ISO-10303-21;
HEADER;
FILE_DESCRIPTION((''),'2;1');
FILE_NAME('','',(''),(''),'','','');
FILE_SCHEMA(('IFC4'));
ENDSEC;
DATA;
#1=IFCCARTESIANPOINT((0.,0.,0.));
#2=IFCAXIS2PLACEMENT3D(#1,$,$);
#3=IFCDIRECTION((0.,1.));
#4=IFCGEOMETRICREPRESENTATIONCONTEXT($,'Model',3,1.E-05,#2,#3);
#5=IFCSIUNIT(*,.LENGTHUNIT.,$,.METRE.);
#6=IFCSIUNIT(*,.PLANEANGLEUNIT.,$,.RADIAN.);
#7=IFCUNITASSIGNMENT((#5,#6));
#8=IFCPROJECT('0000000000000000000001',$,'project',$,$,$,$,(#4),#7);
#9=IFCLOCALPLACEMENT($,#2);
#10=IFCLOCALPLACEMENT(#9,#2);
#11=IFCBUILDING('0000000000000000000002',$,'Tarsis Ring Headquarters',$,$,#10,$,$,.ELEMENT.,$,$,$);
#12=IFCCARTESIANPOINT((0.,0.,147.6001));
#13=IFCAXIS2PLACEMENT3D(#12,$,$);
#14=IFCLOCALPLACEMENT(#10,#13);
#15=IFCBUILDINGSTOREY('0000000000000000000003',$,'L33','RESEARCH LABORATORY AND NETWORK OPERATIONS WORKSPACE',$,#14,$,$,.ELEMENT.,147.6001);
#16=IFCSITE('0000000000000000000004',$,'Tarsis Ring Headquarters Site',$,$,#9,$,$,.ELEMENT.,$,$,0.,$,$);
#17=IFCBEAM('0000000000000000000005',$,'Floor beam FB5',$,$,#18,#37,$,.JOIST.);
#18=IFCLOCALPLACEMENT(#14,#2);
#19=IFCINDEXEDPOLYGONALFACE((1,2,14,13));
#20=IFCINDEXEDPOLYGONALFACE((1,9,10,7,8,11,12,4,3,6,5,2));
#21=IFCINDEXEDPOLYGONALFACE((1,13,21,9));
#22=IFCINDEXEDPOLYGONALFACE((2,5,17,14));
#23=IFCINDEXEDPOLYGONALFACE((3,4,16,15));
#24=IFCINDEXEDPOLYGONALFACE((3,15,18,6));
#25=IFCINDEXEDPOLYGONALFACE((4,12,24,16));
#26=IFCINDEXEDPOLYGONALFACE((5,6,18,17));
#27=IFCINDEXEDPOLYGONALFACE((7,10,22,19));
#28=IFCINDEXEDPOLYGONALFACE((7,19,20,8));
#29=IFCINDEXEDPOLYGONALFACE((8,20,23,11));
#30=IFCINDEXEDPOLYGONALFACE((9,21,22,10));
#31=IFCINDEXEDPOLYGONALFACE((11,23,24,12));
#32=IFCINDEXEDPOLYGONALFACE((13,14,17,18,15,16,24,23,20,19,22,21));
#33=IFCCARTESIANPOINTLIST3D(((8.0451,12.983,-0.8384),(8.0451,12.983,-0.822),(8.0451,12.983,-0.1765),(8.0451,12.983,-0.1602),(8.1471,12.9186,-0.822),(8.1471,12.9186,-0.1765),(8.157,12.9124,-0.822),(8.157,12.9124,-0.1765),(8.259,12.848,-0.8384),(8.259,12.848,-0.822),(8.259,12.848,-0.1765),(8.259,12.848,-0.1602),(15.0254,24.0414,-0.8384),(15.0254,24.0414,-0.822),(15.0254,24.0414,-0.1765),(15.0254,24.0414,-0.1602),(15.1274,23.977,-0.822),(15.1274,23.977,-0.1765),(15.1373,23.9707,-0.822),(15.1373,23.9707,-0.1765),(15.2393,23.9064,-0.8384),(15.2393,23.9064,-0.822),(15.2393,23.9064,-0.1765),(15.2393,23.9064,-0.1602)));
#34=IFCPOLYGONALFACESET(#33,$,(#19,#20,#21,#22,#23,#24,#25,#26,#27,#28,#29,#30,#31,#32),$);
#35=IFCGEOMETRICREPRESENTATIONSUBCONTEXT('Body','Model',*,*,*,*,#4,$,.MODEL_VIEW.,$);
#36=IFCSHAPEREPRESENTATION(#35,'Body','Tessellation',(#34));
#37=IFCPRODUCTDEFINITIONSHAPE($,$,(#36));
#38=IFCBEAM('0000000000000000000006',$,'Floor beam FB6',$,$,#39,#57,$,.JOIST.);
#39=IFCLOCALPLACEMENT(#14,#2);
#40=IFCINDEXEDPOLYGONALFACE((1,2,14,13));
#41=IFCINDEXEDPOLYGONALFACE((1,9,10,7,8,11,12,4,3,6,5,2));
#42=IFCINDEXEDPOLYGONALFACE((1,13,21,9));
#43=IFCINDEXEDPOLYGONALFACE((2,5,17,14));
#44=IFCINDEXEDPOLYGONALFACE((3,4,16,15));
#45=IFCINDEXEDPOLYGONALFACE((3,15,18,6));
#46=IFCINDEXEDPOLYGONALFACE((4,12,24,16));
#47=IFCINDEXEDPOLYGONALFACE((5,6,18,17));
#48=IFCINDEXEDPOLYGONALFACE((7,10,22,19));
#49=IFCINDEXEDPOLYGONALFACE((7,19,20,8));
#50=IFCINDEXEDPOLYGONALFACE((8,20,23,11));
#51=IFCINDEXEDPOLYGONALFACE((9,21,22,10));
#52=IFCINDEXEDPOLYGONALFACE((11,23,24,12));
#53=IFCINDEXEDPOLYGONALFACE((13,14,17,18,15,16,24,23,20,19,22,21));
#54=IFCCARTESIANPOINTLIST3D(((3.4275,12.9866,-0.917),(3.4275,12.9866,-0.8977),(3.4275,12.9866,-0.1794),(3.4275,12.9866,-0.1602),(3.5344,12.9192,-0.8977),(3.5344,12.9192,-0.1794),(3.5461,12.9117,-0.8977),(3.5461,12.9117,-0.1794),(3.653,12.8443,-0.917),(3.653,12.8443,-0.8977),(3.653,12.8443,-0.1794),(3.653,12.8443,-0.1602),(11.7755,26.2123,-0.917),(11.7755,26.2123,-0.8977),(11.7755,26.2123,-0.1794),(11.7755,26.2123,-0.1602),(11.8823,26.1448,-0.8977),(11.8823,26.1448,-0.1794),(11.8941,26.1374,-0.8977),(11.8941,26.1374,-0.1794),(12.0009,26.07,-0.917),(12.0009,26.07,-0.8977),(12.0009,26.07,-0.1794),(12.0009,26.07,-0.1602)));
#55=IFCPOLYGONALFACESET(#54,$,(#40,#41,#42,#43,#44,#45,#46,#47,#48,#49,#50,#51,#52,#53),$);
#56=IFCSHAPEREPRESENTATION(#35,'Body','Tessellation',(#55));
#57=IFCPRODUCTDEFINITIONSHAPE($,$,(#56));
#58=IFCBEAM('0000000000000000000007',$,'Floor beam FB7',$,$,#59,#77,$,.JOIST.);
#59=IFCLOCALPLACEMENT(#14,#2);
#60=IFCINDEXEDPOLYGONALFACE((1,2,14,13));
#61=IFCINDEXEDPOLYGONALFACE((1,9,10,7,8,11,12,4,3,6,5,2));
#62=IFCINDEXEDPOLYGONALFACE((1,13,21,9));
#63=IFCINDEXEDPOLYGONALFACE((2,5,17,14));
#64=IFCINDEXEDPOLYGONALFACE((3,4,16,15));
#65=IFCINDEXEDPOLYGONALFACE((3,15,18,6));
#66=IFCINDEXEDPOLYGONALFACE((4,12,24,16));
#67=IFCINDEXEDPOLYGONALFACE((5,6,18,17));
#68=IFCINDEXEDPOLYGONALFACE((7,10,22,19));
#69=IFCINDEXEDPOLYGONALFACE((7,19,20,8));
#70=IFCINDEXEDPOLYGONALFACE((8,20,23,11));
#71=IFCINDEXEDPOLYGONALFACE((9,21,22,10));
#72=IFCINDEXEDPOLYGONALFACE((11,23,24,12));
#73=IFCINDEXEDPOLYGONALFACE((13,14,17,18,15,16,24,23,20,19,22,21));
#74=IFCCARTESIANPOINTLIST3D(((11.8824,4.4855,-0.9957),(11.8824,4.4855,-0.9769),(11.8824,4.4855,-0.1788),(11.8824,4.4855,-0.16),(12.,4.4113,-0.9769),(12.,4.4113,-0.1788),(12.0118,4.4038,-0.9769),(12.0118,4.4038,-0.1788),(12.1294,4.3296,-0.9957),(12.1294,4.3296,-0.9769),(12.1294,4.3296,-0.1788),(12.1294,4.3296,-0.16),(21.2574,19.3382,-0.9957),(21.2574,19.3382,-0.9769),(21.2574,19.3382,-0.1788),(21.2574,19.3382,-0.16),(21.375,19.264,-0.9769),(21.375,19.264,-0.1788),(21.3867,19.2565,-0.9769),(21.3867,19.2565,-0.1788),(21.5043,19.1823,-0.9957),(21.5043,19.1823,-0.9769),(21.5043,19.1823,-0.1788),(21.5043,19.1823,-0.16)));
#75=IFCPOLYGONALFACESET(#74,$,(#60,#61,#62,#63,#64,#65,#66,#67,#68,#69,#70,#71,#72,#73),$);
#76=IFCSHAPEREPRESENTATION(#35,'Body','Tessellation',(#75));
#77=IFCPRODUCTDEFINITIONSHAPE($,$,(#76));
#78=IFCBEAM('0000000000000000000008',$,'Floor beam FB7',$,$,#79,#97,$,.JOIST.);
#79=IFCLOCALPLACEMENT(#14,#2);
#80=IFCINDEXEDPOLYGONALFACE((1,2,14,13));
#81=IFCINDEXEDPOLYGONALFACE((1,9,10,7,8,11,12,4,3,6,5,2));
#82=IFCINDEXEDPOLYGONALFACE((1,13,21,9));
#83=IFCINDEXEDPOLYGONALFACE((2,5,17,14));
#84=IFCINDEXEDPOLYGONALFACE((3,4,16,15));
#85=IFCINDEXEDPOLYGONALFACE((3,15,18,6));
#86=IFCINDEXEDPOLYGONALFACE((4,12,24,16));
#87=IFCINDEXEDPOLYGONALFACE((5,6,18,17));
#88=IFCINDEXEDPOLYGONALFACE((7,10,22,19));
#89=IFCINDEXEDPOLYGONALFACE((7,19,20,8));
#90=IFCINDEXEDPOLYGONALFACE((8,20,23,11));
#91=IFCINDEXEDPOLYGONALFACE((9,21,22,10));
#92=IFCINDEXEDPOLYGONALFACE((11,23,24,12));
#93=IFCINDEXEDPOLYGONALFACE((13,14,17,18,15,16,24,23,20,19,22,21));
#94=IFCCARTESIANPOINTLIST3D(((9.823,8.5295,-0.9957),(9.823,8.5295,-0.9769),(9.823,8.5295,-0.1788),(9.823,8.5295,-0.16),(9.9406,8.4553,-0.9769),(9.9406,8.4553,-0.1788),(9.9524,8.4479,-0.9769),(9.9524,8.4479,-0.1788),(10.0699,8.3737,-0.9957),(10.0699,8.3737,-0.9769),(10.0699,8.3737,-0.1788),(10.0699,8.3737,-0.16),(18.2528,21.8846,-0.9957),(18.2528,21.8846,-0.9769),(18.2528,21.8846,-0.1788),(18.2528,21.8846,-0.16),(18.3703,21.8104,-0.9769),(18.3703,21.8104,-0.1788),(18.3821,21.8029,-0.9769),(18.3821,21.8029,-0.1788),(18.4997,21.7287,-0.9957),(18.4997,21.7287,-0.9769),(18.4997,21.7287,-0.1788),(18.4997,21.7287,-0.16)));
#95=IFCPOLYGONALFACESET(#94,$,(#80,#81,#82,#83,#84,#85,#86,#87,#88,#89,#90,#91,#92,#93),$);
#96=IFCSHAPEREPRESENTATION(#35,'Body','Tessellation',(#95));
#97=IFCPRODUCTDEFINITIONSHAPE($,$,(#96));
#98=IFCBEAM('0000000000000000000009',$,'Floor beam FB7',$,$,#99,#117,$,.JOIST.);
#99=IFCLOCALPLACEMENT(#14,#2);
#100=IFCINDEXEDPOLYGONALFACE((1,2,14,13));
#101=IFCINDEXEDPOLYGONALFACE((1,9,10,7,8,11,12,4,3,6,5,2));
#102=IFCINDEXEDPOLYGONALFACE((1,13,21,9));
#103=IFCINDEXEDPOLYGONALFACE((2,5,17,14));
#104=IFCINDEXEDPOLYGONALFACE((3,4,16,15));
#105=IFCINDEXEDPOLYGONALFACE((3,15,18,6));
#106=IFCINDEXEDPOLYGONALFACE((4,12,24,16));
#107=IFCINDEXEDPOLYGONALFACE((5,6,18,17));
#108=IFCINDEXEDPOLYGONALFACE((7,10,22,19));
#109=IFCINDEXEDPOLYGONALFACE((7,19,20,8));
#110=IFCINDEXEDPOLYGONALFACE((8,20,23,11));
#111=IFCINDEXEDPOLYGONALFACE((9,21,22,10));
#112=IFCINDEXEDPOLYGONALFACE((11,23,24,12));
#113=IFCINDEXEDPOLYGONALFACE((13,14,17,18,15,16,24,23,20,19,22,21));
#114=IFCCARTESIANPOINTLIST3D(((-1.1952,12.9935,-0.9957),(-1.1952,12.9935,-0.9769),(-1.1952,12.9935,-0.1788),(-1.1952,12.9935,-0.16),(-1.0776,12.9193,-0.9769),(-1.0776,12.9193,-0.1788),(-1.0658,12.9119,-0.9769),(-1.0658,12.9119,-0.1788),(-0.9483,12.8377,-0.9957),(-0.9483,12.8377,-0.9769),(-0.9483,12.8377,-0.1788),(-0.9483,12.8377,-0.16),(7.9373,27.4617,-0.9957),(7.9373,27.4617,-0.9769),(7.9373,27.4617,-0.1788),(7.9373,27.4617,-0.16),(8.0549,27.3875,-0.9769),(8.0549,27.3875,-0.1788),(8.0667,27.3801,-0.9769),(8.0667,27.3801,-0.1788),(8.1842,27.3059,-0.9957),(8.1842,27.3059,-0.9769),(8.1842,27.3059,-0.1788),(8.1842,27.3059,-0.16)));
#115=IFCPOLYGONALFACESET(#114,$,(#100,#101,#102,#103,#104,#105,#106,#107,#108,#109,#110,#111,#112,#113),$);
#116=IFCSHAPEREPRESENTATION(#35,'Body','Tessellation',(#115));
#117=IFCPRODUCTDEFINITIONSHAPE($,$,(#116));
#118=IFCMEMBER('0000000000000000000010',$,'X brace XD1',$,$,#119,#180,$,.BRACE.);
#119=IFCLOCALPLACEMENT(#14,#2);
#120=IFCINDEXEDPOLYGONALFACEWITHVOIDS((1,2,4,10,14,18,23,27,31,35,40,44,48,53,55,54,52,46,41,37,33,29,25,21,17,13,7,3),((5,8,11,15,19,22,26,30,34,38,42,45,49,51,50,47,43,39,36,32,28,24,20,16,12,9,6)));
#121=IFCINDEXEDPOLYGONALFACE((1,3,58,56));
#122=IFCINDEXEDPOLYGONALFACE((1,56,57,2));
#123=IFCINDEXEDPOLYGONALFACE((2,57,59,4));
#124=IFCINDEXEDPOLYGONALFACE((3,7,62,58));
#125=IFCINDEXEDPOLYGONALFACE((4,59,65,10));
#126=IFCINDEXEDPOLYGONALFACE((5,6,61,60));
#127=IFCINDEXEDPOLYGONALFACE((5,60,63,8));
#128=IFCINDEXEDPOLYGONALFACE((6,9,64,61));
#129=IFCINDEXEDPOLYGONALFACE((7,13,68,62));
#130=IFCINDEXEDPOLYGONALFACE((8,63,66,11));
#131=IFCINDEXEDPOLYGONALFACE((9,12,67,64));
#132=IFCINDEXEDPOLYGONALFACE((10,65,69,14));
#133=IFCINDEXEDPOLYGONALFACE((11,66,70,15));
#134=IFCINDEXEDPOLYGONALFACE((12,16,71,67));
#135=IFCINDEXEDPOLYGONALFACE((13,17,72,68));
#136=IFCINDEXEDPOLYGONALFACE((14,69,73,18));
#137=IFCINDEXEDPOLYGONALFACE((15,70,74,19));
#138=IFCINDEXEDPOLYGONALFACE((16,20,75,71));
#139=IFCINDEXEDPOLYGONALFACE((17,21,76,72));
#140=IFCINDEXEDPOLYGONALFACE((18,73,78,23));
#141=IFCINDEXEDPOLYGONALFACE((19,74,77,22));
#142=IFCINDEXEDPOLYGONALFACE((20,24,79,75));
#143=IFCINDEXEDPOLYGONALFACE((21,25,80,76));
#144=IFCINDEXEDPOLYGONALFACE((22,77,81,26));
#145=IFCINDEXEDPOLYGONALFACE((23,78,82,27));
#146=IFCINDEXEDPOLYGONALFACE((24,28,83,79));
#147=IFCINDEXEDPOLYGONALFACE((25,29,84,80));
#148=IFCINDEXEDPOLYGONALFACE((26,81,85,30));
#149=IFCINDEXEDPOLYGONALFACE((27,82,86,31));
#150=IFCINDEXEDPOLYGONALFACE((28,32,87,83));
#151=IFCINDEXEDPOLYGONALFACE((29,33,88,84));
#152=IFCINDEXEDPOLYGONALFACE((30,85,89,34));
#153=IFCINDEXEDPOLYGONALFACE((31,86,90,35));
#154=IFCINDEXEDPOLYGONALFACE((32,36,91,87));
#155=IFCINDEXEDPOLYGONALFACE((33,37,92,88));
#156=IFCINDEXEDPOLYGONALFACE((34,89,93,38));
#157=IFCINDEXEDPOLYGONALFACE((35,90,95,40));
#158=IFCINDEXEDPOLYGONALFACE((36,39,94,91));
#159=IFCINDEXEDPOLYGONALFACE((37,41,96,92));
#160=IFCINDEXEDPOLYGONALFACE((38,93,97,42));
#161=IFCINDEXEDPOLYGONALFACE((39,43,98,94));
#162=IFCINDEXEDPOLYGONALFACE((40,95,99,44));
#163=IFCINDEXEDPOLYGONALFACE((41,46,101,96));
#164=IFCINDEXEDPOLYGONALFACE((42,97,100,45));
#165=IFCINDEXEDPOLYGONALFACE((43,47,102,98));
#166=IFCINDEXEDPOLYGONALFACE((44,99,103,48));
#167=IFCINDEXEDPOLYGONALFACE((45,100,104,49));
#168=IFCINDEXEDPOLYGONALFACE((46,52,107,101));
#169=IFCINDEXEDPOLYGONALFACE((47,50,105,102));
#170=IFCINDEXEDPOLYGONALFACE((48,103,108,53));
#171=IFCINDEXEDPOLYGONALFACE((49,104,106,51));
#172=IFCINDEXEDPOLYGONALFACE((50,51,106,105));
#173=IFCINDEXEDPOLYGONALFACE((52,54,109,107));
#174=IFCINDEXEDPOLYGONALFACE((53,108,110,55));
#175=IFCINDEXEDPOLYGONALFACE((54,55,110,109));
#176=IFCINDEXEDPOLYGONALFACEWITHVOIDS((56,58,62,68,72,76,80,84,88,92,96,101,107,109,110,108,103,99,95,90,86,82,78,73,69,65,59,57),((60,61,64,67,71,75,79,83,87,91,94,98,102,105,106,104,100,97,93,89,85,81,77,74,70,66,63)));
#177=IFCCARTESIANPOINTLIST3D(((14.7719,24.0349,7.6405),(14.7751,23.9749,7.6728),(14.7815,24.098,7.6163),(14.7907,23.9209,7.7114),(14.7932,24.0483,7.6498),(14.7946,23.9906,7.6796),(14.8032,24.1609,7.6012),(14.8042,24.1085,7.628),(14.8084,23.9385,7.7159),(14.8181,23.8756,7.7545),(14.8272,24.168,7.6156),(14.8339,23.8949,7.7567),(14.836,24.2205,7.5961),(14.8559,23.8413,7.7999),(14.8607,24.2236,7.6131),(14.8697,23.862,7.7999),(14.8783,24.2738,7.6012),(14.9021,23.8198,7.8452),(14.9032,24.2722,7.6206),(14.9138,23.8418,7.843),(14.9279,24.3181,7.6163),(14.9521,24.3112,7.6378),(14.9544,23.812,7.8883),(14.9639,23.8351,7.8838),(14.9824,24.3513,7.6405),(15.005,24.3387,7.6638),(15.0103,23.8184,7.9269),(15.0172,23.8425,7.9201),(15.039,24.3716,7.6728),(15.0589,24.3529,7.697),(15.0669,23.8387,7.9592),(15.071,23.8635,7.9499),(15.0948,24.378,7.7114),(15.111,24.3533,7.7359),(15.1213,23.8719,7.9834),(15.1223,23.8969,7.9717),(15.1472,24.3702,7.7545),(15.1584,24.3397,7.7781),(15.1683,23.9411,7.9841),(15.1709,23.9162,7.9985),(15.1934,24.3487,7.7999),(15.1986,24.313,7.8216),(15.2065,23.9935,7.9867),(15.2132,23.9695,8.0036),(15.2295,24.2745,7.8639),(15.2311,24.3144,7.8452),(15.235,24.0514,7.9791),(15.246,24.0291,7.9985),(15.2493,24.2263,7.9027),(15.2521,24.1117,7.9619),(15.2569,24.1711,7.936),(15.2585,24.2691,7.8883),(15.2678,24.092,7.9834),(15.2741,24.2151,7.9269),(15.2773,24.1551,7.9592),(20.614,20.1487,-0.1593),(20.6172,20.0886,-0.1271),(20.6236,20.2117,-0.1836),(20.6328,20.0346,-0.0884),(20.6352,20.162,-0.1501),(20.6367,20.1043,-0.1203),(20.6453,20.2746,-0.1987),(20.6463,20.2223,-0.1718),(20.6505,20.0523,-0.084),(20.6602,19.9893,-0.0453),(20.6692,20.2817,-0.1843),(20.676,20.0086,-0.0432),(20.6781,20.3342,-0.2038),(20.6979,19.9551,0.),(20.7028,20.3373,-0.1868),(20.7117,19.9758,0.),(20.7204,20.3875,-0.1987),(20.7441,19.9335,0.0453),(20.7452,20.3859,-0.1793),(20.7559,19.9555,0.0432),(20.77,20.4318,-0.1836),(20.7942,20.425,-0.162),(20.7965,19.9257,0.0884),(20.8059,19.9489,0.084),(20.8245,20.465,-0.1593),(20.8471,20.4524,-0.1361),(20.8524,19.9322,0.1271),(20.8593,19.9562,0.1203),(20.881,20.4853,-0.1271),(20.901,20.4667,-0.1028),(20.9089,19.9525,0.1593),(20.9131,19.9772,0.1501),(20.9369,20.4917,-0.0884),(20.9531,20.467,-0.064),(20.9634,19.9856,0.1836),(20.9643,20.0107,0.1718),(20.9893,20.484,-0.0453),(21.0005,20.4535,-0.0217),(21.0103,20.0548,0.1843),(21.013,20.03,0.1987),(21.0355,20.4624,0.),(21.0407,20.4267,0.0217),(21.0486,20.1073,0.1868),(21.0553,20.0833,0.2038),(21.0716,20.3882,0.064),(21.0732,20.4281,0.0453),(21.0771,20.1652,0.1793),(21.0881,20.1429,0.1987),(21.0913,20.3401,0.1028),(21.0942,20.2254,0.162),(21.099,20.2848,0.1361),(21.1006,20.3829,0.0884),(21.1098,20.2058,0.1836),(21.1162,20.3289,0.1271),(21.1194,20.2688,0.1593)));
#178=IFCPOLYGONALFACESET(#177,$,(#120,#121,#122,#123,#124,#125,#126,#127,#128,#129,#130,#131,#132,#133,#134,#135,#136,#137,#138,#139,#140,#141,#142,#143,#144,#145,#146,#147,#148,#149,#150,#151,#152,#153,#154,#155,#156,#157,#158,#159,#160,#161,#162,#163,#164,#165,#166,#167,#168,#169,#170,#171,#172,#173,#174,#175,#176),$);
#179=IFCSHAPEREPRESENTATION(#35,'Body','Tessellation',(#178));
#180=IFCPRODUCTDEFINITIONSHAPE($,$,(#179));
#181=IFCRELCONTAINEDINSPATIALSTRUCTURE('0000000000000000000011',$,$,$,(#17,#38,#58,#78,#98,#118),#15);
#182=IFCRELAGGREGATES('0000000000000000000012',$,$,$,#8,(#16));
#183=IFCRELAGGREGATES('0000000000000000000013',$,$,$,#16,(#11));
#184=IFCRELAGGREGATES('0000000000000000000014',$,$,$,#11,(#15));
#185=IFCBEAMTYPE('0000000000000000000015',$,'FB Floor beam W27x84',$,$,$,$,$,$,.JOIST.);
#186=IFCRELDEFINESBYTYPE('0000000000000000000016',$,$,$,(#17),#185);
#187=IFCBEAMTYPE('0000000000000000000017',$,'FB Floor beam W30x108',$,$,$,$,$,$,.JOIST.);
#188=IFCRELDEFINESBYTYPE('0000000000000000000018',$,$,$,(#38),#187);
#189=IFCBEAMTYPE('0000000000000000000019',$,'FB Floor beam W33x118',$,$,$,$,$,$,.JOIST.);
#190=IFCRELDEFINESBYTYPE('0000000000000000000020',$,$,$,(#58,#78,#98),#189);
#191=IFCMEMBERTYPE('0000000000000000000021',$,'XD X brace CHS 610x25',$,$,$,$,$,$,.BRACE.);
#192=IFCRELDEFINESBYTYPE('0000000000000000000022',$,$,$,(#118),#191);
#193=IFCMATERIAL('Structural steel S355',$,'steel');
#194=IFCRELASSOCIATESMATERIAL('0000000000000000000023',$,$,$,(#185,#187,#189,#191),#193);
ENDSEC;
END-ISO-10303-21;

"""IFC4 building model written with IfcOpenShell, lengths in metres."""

from ifc_helpers import new_model, si_unit, direction, frame, origin, origin_2d, place, context, subcontext, project, spatial, hollow_circle, i_section, extrude, material, material_profile, profile_set, type_object, element, save


model = new_model("IFC4")

# Units and contexts
model_context = context("Model", 3, precision=1e-05, world=origin(), true_north=direction((0.0, 1.0)))
body_context = subcontext(model_context, "Body", "Model", "MODEL_VIEW")
ifc_project = project(units=[si_unit("LENGTHUNIT", "METRE"), si_unit("PLANEANGLEUNIT", "RADIAN")], contexts=[model_context])

# Site, building, storey
site_placement = place(None, origin())
site = spatial("IfcSite", under=ifc_project, at=site_placement, Name="Tarsis Ring Headquarters Site", CompositionType="ELEMENT", RefElevation=0.0)
building_placement = place(site_placement, origin())
building = spatial("IfcBuilding", under=site, at=building_placement, Name="Tarsis Ring Headquarters", CompositionType="ELEMENT")
storey_placement = place(building_placement, frame((0.0, 0.0, 147.6001)))
storey = spatial("IfcBuildingStorey", under=building, at=storey_placement, Name="L33", Description="RESEARCH LABORATORY AND NETWORK OPERATIONS WORKSPACE", CompositionType="ELEMENT", Elevation=147.6001)

# Shared definitions
ifc_material_1 = material(Name="Structural steel S355", Category="steel")

# Beams
ifc_material_profile_1 = material_profile(ifc_material_1, i_section(OverallWidth=0.2529, OverallDepth=0.6782, WebThickness=0.0117, FlangeThickness=0.0164, at=origin_2d()), Name="W27x84")
ifc_profile_set_1 = profile_set([ifc_material_profile_1], Name="Structural steel S355")
beam_type_1 = type_object("IfcBeamType", Name="FB Floor beam W27x84", PredefinedType="JOIST", material=ifc_profile_set_1)
beam_1_placement = place(storey_placement, frame((15.1323, 23.9739, -0.4993), z_axis=(-0.533775, -0.845627, 0.0), x_axis=(0.845627, -0.533775, 0.0)))
element("IfcBeam", 1, at=beam_1_placement, inside=storey, type_object=beam_type_1, Name="Floor beam FB5", PredefinedType="JOIST", context=body_context, shape_type="SweptSolid", body=[
    extrude(i_section(OverallWidth=0.2529, OverallDepth=0.6782, WebThickness=0.0117, FlangeThickness=0.0164, at=origin_2d()), origin(), (0.0, 0.0, 1.0), 13.0771),
])
ifc_material_profile_2 = material_profile(ifc_material_1, i_section(OverallWidth=0.2666, OverallDepth=0.7568, WebThickness=0.0139, FlangeThickness=0.0193, at=origin_2d()), Name="W30x108")
ifc_profile_set_2 = profile_set([ifc_material_profile_2], Name="Structural steel S355")
beam_type_2 = type_object("IfcBeamType", Name="FB Floor beam W30x108", PredefinedType="JOIST", material=ifc_profile_set_2)
beam_2_placement = place(storey_placement, frame((11.8882, 26.1411, -0.5386), z_axis=(-0.53376, -0.845636, 0.0), x_axis=(0.845636, -0.53376, 0.0)))
element("IfcBeam", 2, at=beam_2_placement, inside=storey, type_object=beam_type_2, Name="Floor beam FB6", PredefinedType="JOIST", context=body_context, shape_type="SweptSolid", body=[
    extrude(i_section(OverallWidth=0.2666, OverallDepth=0.7568, WebThickness=0.0139, FlangeThickness=0.0193, at=origin_2d()), origin(), (0.0, 0.0, 1.0), 15.6399),
])
ifc_material_profile_3 = material_profile(ifc_material_1, i_section(OverallWidth=0.292, OverallDepth=0.8357, WebThickness=0.0139, FlangeThickness=0.0188, at=origin_2d()), Name="W33x118")
ifc_profile_set_3 = profile_set([ifc_material_profile_3], Name="Structural steel S355")
beam_type_3 = type_object("IfcBeamType", Name="FB Floor beam W33x118", PredefinedType="JOIST", material=ifc_profile_set_3)
beam_3_placement = place(storey_placement, frame((21.3809, 19.2603, -0.5779), z_axis=(-0.533761, -0.845636, 0.0), x_axis=(0.845636, -0.533761, 0.0)))
element("IfcBeam", 3, at=beam_3_placement, inside=storey, type_object=beam_type_3, Name="Floor beam FB7", PredefinedType="JOIST", context=body_context, shape_type="SweptSolid", body=[
    extrude(i_section(OverallWidth=0.292, OverallDepth=0.8357, WebThickness=0.0139, FlangeThickness=0.0188, at=origin_2d()), origin(), (0.0, 0.0, 1.0), 17.564),
])
beam_4_placement = place(storey_placement, frame((18.3762, 21.8066, -0.5779), z_axis=(-0.533765, -0.845633, 0.0), x_axis=(0.845633, -0.533765, 0.0)))
element("IfcBeam", 4, at=beam_4_placement, inside=storey, type_object=beam_type_3, Name="Floor beam FB7", PredefinedType="JOIST", context=body_context, shape_type="SweptSolid", body=[
    extrude(i_section(OverallWidth=0.292, OverallDepth=0.8357, WebThickness=0.0139, FlangeThickness=0.0188, at=origin_2d()), origin(), (0.0, 0.0, 1.0), 15.793),
])
beam_5_placement = place(storey_placement, frame((8.0608, 27.3838, -0.5779), z_axis=(-0.533772, -0.845628, 0.0), x_axis=(0.845628, -0.533772, 0.0)))
element("IfcBeam", 5, at=beam_5_placement, inside=storey, type_object=beam_type_3, Name="Floor beam FB7", PredefinedType="JOIST", context=body_context, shape_type="SweptSolid", body=[
    extrude(i_section(OverallWidth=0.292, OverallDepth=0.8357, WebThickness=0.0139, FlangeThickness=0.0188, at=origin_2d()), origin(), (0.0, 0.0, 1.0), 17.1094),
])

# Member
ifc_material_profile_4 = material_profile(ifc_material_1, hollow_circle(Radius=0.3047, WallThickness=0.0249, at=origin_2d()), Name="CHS 610x25")
ifc_profile_set_4 = profile_set([ifc_material_profile_4], Name="Structural steel S355")
member_type = type_object("IfcMemberType", Name="XD X brace CHS 610x25", PredefinedType="BRACE", material=ifc_profile_set_4)
member_1_placement = place(storey_placement, frame((20.8667, 20.2087, 0.0), z_axis=(-0.556842, 0.370421, 0.743448), x_axis=(-0.553865, -0.832607, 0.0)))
element("IfcMember", 6, at=member_1_placement, inside=storey, type_object=member_type, Name="X brace XD1", PredefinedType="BRACE", context=body_context, shape_type="SweptSolid", body=[
    extrude(hollow_circle(Radius=0.3047, WallThickness=0.0249, at=origin_2d()), origin(), (0.0, 0.0, 1.0), 10.4915),
])

save(model, "model.ifc")
